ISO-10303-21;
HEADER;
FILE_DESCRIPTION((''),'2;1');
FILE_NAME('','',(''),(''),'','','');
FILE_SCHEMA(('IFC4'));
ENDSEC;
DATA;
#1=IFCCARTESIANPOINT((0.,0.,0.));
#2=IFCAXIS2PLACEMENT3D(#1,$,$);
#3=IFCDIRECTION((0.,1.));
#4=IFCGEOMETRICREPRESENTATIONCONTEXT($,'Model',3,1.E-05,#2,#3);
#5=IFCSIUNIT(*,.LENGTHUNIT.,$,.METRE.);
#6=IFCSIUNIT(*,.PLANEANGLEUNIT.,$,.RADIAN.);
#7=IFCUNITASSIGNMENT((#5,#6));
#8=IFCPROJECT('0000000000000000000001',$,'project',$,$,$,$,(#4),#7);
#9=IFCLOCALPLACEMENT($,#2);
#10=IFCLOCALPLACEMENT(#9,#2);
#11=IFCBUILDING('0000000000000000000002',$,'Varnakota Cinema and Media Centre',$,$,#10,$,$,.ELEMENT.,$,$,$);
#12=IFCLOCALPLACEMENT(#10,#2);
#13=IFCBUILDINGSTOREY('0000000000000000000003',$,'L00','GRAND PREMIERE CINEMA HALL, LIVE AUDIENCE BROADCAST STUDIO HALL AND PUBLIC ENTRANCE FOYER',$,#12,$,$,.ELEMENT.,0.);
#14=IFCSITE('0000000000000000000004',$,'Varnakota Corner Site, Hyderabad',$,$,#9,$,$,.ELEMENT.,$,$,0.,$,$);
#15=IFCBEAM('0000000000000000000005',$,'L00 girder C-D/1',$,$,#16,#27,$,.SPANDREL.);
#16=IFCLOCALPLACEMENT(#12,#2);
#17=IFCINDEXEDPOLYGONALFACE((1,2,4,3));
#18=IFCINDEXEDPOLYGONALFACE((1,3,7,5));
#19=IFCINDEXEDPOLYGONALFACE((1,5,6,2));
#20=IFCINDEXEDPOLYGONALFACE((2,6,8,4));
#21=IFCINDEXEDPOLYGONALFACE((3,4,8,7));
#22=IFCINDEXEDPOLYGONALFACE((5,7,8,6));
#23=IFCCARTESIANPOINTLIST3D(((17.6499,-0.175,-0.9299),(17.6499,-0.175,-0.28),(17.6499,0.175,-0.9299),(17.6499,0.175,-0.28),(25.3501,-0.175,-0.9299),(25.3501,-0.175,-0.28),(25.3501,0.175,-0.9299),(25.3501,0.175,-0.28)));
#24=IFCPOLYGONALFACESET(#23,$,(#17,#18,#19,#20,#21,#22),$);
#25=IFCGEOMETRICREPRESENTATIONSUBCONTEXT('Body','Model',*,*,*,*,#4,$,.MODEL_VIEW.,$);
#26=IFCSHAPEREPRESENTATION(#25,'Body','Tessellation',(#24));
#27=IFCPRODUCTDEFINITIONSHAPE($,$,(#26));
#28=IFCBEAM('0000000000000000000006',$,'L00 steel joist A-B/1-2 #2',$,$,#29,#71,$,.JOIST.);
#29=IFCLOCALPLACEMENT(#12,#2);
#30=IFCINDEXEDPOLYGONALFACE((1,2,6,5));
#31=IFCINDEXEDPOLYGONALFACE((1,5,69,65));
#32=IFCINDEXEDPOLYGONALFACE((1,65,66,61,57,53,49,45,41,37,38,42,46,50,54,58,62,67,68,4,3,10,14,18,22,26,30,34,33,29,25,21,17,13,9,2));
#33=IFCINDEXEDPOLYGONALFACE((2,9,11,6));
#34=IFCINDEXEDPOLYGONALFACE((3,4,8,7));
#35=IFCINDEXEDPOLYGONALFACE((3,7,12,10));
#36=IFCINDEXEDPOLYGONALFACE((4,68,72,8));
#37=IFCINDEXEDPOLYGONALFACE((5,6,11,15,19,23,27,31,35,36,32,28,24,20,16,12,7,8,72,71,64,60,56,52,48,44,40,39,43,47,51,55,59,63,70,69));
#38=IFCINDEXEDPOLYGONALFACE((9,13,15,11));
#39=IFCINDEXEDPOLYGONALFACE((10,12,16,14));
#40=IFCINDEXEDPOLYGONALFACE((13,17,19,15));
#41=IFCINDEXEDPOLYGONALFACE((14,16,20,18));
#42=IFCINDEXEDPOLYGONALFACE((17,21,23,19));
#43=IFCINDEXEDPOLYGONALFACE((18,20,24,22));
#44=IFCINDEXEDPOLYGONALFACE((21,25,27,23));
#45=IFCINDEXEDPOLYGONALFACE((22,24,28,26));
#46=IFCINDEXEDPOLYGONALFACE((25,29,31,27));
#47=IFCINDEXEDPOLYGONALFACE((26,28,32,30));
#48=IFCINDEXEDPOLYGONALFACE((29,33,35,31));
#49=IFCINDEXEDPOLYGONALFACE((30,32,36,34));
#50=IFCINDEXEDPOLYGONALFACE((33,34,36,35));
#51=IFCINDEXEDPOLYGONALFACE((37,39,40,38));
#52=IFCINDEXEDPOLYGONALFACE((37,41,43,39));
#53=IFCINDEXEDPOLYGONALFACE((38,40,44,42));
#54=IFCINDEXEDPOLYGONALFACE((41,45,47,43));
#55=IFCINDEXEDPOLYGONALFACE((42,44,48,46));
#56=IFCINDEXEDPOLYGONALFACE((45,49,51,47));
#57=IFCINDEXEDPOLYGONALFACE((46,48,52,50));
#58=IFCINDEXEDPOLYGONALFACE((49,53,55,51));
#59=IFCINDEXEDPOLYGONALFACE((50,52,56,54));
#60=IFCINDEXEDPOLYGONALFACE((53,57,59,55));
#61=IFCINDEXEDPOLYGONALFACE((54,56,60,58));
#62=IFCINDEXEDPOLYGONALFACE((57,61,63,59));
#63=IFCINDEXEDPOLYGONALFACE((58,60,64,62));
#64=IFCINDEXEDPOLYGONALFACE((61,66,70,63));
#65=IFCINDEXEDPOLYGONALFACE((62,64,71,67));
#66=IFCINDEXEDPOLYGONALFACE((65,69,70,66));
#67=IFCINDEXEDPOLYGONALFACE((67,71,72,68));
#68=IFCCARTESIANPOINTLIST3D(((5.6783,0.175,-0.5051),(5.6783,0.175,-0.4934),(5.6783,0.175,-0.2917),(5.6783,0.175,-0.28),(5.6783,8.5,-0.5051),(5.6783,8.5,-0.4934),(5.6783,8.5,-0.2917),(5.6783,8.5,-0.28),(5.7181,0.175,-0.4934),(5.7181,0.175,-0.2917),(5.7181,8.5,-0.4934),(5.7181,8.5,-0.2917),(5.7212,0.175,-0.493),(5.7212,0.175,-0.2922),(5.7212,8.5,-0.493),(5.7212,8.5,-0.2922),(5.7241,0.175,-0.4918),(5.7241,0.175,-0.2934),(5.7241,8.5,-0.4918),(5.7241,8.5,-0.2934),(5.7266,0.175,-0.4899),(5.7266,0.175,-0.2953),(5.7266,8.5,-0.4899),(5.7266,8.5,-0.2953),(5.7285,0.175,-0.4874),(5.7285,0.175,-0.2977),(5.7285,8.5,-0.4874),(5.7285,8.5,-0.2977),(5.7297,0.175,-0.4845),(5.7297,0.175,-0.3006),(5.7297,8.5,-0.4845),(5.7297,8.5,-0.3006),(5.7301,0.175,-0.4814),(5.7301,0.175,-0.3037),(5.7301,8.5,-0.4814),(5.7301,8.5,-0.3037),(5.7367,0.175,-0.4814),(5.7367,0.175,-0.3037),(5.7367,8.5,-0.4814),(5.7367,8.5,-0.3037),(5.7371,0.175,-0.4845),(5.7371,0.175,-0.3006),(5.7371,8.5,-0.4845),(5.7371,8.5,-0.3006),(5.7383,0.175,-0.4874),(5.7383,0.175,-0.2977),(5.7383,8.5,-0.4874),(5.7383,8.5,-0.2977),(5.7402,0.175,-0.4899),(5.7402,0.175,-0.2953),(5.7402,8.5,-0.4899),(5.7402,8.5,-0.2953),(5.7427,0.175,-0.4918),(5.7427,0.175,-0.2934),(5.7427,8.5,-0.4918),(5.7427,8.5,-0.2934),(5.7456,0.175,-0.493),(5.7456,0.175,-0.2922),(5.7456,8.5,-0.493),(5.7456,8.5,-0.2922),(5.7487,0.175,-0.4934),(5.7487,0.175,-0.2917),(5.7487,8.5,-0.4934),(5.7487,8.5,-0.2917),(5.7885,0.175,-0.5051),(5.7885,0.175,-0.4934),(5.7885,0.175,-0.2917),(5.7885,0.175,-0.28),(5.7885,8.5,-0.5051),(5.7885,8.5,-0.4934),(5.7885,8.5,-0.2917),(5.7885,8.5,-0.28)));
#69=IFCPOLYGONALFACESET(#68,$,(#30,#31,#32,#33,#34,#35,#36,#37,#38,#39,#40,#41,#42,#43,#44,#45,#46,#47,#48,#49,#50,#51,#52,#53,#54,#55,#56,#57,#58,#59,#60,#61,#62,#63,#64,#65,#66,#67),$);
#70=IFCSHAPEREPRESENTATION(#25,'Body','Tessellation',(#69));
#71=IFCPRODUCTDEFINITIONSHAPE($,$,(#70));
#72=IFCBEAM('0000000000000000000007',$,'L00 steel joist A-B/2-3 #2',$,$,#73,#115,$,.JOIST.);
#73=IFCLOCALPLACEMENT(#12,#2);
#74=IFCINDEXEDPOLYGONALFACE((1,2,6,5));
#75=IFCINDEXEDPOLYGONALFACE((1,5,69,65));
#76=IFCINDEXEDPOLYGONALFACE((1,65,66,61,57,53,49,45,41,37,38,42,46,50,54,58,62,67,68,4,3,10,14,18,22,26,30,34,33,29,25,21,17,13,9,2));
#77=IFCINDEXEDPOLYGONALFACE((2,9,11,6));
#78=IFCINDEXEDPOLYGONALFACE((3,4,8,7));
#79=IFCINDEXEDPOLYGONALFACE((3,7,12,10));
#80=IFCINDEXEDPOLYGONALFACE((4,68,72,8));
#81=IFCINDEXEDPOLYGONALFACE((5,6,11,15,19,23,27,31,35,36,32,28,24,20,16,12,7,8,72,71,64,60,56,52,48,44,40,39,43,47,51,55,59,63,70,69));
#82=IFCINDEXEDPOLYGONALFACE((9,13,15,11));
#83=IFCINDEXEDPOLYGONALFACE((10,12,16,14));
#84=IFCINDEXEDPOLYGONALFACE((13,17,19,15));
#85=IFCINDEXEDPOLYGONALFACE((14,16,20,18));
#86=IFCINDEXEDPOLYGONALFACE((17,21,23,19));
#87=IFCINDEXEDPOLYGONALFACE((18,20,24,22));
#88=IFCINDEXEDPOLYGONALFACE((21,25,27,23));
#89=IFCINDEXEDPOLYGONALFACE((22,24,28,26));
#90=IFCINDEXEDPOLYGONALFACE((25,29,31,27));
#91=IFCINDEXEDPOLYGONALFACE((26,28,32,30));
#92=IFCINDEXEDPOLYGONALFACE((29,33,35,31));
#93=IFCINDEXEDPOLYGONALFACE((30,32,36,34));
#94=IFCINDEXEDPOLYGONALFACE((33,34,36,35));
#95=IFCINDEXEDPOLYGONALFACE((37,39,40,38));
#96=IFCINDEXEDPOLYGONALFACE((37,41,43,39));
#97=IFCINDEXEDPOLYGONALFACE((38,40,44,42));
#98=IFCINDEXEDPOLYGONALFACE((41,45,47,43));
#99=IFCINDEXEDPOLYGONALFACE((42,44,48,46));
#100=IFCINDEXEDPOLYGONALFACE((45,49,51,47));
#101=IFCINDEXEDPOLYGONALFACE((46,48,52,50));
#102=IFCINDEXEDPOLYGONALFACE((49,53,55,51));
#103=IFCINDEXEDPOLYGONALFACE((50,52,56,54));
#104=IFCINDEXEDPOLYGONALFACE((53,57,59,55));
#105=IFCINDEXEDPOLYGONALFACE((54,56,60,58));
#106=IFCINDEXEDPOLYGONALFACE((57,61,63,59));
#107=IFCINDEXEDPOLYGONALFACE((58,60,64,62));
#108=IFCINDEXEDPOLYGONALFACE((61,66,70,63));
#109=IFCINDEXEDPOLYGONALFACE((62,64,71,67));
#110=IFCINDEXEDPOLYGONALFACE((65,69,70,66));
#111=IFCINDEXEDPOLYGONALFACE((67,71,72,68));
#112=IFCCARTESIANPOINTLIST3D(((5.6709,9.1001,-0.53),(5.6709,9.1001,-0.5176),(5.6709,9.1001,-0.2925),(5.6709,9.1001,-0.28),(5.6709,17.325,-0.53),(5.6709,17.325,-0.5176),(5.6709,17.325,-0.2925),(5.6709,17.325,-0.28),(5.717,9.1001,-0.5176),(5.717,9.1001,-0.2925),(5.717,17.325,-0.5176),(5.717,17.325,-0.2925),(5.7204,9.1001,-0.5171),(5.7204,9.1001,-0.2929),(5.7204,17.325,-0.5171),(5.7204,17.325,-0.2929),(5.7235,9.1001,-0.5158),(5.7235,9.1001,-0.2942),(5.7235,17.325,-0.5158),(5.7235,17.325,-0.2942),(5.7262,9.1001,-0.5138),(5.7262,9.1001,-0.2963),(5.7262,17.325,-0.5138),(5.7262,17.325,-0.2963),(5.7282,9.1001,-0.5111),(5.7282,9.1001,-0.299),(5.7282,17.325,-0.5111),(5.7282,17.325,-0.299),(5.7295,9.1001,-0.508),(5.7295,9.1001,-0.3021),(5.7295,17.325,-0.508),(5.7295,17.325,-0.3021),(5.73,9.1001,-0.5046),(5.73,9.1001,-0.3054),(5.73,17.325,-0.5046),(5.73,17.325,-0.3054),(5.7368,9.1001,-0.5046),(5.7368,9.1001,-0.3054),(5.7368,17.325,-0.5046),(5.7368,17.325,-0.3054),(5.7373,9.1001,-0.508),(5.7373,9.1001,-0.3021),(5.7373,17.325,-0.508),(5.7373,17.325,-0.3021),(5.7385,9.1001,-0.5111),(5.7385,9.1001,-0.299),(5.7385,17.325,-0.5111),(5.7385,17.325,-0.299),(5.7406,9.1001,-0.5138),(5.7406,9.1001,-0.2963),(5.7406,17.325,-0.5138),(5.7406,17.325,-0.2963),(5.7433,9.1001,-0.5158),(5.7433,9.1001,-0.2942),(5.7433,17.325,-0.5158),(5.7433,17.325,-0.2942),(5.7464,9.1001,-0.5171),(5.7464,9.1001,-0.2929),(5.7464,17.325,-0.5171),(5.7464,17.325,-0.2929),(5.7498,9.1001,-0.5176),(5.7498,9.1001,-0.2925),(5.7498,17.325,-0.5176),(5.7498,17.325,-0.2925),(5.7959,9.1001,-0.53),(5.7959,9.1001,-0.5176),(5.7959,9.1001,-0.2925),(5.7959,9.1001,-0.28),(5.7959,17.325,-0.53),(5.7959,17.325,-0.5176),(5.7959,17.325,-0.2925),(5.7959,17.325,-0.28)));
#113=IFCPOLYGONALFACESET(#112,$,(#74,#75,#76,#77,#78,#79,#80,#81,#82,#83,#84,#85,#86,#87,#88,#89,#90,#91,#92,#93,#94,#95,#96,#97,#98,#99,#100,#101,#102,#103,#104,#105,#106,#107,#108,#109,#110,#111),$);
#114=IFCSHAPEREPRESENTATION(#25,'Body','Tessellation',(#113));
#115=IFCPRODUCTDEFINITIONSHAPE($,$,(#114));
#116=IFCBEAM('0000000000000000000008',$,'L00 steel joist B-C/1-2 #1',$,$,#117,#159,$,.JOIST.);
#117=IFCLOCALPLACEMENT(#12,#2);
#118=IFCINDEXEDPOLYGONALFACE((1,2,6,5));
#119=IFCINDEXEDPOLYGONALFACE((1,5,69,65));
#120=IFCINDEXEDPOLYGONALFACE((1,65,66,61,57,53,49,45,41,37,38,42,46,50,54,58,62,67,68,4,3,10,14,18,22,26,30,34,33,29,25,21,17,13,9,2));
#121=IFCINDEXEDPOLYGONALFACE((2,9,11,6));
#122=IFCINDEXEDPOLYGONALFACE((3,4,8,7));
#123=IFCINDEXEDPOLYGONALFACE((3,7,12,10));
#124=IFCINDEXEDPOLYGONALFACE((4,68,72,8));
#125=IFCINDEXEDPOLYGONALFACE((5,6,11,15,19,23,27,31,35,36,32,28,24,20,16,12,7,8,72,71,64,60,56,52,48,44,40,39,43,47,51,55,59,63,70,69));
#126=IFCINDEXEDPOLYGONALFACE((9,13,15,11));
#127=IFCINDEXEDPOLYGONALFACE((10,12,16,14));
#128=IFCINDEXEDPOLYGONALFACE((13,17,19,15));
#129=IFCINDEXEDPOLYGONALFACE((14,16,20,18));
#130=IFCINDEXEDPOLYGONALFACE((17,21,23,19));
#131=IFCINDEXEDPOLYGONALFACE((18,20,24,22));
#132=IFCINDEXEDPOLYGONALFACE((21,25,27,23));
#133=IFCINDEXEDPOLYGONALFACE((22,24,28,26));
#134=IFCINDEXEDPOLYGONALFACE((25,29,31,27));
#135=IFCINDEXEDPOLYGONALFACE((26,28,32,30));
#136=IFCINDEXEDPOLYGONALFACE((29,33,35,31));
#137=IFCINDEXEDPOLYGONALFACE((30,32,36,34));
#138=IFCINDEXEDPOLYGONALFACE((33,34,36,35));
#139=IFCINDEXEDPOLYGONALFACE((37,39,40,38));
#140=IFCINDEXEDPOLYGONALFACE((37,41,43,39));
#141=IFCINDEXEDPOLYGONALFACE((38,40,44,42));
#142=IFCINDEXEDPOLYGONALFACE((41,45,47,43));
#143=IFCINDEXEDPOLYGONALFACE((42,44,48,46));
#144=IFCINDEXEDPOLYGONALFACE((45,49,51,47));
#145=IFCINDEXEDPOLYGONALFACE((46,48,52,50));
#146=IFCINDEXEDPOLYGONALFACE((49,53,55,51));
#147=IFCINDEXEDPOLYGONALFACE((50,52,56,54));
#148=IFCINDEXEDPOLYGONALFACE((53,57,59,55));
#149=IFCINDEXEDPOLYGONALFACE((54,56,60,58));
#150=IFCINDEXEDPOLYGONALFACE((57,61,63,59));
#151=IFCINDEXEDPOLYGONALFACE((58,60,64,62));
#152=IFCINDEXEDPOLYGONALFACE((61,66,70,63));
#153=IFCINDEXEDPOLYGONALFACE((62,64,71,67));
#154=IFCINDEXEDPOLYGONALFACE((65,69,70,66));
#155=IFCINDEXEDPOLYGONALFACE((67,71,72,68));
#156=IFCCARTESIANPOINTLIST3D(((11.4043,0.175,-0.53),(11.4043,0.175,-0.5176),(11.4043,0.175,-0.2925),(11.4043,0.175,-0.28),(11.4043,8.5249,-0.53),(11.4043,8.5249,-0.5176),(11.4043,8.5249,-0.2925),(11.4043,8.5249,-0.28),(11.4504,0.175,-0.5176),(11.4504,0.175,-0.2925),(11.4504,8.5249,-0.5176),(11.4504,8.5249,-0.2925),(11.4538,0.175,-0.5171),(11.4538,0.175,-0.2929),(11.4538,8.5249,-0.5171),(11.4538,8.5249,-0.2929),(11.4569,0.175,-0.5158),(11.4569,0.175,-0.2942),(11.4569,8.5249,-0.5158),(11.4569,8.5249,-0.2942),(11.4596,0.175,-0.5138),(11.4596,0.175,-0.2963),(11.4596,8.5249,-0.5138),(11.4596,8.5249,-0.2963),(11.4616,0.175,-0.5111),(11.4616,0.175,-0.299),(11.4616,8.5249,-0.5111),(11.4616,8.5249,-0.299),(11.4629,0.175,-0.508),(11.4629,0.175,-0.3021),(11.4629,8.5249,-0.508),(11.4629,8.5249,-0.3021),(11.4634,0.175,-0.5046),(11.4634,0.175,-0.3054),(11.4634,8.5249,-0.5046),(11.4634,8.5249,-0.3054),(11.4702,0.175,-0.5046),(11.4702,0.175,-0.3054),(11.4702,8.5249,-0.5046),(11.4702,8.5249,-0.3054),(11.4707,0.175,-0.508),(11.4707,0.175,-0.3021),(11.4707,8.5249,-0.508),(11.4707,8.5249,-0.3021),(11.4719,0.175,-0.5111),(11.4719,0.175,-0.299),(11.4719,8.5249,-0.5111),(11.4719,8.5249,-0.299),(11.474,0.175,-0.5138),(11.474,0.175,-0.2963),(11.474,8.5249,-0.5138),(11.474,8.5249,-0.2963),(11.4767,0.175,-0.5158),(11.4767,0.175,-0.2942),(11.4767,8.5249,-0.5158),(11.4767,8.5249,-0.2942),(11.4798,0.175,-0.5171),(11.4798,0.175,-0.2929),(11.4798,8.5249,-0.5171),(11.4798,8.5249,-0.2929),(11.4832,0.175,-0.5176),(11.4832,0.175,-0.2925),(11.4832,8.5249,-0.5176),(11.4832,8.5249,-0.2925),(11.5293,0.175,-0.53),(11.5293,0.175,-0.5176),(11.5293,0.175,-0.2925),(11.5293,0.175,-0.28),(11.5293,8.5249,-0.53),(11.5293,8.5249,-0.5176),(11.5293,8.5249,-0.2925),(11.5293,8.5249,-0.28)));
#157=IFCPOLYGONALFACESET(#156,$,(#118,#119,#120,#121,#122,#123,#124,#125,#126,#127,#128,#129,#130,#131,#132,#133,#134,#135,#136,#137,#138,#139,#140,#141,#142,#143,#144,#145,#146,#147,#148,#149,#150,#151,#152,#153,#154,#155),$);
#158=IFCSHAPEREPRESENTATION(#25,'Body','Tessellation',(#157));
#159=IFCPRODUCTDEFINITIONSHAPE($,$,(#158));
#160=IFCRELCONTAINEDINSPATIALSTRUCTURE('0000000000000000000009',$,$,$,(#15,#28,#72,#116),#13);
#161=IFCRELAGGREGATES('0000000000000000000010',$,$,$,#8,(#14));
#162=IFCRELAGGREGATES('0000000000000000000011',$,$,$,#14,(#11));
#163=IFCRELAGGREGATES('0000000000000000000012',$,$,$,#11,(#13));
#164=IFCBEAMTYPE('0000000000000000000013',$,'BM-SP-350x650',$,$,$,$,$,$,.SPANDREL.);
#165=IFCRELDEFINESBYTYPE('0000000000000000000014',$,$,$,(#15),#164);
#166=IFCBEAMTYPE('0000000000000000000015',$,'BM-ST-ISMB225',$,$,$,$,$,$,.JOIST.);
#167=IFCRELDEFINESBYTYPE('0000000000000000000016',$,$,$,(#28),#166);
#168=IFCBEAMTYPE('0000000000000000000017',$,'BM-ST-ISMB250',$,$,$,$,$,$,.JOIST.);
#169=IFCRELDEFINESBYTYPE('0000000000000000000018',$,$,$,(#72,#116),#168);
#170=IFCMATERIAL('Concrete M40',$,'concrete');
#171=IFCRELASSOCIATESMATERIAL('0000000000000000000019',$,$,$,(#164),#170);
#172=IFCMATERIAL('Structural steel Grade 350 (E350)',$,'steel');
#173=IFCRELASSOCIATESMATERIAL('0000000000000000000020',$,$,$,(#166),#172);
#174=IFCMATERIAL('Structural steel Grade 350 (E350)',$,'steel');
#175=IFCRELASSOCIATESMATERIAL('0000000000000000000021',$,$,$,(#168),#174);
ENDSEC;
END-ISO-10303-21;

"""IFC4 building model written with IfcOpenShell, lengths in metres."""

from ifc_helpers import new_model, si_unit, direction, frame, origin, origin_2d, place, context, subcontext, project, spatial, rectangle, i_section, extrude, material, material_profile, profile_set, type_object, element, save


model = new_model("IFC4")

# Units and contexts
model_context = context("Model", 3, precision=1e-05, world=origin(), true_north=direction((0.0, 1.0)))
body_context = subcontext(model_context, "Body", "Model", "MODEL_VIEW")
ifc_project = project(units=[si_unit("LENGTHUNIT", "METRE"), si_unit("PLANEANGLEUNIT", "RADIAN")], contexts=[model_context])

# Site, building, storey
site_placement = place(None, origin())
site = spatial("IfcSite", under=ifc_project, at=site_placement, Name="Varnakota Corner Site, Hyderabad", CompositionType="ELEMENT", RefElevation=0.0)
building_placement = place(site_placement, origin())
building = spatial("IfcBuilding", under=site, at=building_placement, Name="Varnakota Cinema and Media Centre", CompositionType="ELEMENT")
storey_placement = place(building_placement, origin())
storey = spatial("IfcBuildingStorey", under=building, at=storey_placement, Name="L00", Description="GRAND PREMIERE CINEMA HALL, LIVE AUDIENCE BROADCAST STUDIO HALL AND PUBLIC ENTRANCE FOYER", CompositionType="ELEMENT", Elevation=0.0)

# Beams
ifc_material_1 = material(Name="Concrete M40", Category="concrete")
ifc_material_profile_1 = material_profile(ifc_material_1, rectangle(XDim=0.3501, YDim=0.6499, at=origin_2d()), Name="RCB 350x650")
ifc_profile_set_1 = profile_set([ifc_material_profile_1], Name="Concrete M40")
beam_type_1 = type_object("IfcBeamType", Name="BM-SP-350x650", PredefinedType="SPANDREL", material=ifc_profile_set_1)
beam_1_placement = place(storey_placement, frame((17.6499, 0.0, -0.605), z_axis=(1.0, 0.0, 0.0), x_axis=(0.0, 1.0, 0.0)))
element("IfcBeam", 1, at=beam_1_placement, inside=storey, type_object=beam_type_1, Name="L00 girder C-D/1", PredefinedType="SPANDREL", context=body_context, shape_type="SweptSolid", body=[
    extrude(rectangle(XDim=0.3501, YDim=0.6499, at=origin_2d()), origin(), (0.0, 0.0, 1.0), 7.7002),
])
ifc_material_2 = material(Name="Structural steel Grade 350 (E350)", Category="steel")
ifc_material_profile_2 = material_profile(ifc_material_2, i_section(OverallWidth=0.1101, OverallDepth=0.2251, WebThickness=0.0066, FlangeThickness=0.0117, FilletRadius=0.012, at=origin_2d()), Name="ISMB 225")
ifc_profile_set_2 = profile_set([ifc_material_profile_2], Name="Structural steel Grade 350 (E350)")
beam_type_2 = type_object("IfcBeamType", Name="BM-ST-ISMB225", PredefinedType="JOIST", material=ifc_profile_set_2)
beam_2_placement = place(storey_placement, frame((5.7334, 0.175, -0.3926), z_axis=(0.0, 1.0, 0.0), x_axis=(-1.0, 0.0, 0.0)))
element("IfcBeam", 2, at=beam_2_placement, inside=storey, type_object=beam_type_2, Name="L00 steel joist A-B/1-2 #2", PredefinedType="JOIST", context=body_context, shape_type="SweptSolid", body=[
    extrude(i_section(OverallWidth=0.1101, OverallDepth=0.2251, WebThickness=0.0066, FlangeThickness=0.0117, FilletRadius=0.012, at=origin_2d()), origin(), (0.0, 0.0, 1.0), 8.325),
])
ifc_material_3 = material(Name="Structural steel Grade 350 (E350)", Category="steel")
ifc_material_profile_3 = material_profile(ifc_material_3, i_section(OverallWidth=0.125, OverallDepth=0.25, WebThickness=0.0068, FlangeThickness=0.0125, FilletRadius=0.0129, at=origin_2d()), Name="ISMB 250")
ifc_profile_set_3 = profile_set([ifc_material_profile_3], Name="Structural steel Grade 350 (E350)")
beam_type_3 = type_object("IfcBeamType", Name="BM-ST-ISMB250", PredefinedType="JOIST", material=ifc_profile_set_3)
beam_3_placement = place(storey_placement, frame((5.7334, 9.1001, -0.405), z_axis=(0.0, 1.0, 0.0), x_axis=(-1.0, 0.0, 0.0)))
element("IfcBeam", 3, at=beam_3_placement, inside=storey, type_object=beam_type_3, Name="L00 steel joist A-B/2-3 #2", PredefinedType="JOIST", context=body_context, shape_type="SweptSolid", body=[
    extrude(i_section(OverallWidth=0.125, OverallDepth=0.25, WebThickness=0.0068, FlangeThickness=0.0125, FilletRadius=0.0129, at=origin_2d()), origin(), (0.0, 0.0, 1.0), 8.2249),
])
for number, where, z_axis, x_axis, name in (
    (4, (11.4668, 0.175, -0.405), (0.0, 1.0, 0.0), (-1.0, 0.0, 0.0), "L00 steel joist B-C/1-2 #1"),
):
    element("IfcBeam", number, at=place(storey_placement, frame(where, z_axis=z_axis, x_axis=x_axis)), inside=storey, type_object=beam_type_3, Name=name, PredefinedType="JOIST", context=body_context, shape_type="SweptSolid", body=[
        extrude(i_section(OverallWidth=0.125, OverallDepth=0.25, WebThickness=0.0068, FlangeThickness=0.0125, FilletRadius=0.0129, at=origin_2d()), origin(), (0.0, 0.0, 1.0), 8.3499),
    ])

save(model, "model.ifc")
